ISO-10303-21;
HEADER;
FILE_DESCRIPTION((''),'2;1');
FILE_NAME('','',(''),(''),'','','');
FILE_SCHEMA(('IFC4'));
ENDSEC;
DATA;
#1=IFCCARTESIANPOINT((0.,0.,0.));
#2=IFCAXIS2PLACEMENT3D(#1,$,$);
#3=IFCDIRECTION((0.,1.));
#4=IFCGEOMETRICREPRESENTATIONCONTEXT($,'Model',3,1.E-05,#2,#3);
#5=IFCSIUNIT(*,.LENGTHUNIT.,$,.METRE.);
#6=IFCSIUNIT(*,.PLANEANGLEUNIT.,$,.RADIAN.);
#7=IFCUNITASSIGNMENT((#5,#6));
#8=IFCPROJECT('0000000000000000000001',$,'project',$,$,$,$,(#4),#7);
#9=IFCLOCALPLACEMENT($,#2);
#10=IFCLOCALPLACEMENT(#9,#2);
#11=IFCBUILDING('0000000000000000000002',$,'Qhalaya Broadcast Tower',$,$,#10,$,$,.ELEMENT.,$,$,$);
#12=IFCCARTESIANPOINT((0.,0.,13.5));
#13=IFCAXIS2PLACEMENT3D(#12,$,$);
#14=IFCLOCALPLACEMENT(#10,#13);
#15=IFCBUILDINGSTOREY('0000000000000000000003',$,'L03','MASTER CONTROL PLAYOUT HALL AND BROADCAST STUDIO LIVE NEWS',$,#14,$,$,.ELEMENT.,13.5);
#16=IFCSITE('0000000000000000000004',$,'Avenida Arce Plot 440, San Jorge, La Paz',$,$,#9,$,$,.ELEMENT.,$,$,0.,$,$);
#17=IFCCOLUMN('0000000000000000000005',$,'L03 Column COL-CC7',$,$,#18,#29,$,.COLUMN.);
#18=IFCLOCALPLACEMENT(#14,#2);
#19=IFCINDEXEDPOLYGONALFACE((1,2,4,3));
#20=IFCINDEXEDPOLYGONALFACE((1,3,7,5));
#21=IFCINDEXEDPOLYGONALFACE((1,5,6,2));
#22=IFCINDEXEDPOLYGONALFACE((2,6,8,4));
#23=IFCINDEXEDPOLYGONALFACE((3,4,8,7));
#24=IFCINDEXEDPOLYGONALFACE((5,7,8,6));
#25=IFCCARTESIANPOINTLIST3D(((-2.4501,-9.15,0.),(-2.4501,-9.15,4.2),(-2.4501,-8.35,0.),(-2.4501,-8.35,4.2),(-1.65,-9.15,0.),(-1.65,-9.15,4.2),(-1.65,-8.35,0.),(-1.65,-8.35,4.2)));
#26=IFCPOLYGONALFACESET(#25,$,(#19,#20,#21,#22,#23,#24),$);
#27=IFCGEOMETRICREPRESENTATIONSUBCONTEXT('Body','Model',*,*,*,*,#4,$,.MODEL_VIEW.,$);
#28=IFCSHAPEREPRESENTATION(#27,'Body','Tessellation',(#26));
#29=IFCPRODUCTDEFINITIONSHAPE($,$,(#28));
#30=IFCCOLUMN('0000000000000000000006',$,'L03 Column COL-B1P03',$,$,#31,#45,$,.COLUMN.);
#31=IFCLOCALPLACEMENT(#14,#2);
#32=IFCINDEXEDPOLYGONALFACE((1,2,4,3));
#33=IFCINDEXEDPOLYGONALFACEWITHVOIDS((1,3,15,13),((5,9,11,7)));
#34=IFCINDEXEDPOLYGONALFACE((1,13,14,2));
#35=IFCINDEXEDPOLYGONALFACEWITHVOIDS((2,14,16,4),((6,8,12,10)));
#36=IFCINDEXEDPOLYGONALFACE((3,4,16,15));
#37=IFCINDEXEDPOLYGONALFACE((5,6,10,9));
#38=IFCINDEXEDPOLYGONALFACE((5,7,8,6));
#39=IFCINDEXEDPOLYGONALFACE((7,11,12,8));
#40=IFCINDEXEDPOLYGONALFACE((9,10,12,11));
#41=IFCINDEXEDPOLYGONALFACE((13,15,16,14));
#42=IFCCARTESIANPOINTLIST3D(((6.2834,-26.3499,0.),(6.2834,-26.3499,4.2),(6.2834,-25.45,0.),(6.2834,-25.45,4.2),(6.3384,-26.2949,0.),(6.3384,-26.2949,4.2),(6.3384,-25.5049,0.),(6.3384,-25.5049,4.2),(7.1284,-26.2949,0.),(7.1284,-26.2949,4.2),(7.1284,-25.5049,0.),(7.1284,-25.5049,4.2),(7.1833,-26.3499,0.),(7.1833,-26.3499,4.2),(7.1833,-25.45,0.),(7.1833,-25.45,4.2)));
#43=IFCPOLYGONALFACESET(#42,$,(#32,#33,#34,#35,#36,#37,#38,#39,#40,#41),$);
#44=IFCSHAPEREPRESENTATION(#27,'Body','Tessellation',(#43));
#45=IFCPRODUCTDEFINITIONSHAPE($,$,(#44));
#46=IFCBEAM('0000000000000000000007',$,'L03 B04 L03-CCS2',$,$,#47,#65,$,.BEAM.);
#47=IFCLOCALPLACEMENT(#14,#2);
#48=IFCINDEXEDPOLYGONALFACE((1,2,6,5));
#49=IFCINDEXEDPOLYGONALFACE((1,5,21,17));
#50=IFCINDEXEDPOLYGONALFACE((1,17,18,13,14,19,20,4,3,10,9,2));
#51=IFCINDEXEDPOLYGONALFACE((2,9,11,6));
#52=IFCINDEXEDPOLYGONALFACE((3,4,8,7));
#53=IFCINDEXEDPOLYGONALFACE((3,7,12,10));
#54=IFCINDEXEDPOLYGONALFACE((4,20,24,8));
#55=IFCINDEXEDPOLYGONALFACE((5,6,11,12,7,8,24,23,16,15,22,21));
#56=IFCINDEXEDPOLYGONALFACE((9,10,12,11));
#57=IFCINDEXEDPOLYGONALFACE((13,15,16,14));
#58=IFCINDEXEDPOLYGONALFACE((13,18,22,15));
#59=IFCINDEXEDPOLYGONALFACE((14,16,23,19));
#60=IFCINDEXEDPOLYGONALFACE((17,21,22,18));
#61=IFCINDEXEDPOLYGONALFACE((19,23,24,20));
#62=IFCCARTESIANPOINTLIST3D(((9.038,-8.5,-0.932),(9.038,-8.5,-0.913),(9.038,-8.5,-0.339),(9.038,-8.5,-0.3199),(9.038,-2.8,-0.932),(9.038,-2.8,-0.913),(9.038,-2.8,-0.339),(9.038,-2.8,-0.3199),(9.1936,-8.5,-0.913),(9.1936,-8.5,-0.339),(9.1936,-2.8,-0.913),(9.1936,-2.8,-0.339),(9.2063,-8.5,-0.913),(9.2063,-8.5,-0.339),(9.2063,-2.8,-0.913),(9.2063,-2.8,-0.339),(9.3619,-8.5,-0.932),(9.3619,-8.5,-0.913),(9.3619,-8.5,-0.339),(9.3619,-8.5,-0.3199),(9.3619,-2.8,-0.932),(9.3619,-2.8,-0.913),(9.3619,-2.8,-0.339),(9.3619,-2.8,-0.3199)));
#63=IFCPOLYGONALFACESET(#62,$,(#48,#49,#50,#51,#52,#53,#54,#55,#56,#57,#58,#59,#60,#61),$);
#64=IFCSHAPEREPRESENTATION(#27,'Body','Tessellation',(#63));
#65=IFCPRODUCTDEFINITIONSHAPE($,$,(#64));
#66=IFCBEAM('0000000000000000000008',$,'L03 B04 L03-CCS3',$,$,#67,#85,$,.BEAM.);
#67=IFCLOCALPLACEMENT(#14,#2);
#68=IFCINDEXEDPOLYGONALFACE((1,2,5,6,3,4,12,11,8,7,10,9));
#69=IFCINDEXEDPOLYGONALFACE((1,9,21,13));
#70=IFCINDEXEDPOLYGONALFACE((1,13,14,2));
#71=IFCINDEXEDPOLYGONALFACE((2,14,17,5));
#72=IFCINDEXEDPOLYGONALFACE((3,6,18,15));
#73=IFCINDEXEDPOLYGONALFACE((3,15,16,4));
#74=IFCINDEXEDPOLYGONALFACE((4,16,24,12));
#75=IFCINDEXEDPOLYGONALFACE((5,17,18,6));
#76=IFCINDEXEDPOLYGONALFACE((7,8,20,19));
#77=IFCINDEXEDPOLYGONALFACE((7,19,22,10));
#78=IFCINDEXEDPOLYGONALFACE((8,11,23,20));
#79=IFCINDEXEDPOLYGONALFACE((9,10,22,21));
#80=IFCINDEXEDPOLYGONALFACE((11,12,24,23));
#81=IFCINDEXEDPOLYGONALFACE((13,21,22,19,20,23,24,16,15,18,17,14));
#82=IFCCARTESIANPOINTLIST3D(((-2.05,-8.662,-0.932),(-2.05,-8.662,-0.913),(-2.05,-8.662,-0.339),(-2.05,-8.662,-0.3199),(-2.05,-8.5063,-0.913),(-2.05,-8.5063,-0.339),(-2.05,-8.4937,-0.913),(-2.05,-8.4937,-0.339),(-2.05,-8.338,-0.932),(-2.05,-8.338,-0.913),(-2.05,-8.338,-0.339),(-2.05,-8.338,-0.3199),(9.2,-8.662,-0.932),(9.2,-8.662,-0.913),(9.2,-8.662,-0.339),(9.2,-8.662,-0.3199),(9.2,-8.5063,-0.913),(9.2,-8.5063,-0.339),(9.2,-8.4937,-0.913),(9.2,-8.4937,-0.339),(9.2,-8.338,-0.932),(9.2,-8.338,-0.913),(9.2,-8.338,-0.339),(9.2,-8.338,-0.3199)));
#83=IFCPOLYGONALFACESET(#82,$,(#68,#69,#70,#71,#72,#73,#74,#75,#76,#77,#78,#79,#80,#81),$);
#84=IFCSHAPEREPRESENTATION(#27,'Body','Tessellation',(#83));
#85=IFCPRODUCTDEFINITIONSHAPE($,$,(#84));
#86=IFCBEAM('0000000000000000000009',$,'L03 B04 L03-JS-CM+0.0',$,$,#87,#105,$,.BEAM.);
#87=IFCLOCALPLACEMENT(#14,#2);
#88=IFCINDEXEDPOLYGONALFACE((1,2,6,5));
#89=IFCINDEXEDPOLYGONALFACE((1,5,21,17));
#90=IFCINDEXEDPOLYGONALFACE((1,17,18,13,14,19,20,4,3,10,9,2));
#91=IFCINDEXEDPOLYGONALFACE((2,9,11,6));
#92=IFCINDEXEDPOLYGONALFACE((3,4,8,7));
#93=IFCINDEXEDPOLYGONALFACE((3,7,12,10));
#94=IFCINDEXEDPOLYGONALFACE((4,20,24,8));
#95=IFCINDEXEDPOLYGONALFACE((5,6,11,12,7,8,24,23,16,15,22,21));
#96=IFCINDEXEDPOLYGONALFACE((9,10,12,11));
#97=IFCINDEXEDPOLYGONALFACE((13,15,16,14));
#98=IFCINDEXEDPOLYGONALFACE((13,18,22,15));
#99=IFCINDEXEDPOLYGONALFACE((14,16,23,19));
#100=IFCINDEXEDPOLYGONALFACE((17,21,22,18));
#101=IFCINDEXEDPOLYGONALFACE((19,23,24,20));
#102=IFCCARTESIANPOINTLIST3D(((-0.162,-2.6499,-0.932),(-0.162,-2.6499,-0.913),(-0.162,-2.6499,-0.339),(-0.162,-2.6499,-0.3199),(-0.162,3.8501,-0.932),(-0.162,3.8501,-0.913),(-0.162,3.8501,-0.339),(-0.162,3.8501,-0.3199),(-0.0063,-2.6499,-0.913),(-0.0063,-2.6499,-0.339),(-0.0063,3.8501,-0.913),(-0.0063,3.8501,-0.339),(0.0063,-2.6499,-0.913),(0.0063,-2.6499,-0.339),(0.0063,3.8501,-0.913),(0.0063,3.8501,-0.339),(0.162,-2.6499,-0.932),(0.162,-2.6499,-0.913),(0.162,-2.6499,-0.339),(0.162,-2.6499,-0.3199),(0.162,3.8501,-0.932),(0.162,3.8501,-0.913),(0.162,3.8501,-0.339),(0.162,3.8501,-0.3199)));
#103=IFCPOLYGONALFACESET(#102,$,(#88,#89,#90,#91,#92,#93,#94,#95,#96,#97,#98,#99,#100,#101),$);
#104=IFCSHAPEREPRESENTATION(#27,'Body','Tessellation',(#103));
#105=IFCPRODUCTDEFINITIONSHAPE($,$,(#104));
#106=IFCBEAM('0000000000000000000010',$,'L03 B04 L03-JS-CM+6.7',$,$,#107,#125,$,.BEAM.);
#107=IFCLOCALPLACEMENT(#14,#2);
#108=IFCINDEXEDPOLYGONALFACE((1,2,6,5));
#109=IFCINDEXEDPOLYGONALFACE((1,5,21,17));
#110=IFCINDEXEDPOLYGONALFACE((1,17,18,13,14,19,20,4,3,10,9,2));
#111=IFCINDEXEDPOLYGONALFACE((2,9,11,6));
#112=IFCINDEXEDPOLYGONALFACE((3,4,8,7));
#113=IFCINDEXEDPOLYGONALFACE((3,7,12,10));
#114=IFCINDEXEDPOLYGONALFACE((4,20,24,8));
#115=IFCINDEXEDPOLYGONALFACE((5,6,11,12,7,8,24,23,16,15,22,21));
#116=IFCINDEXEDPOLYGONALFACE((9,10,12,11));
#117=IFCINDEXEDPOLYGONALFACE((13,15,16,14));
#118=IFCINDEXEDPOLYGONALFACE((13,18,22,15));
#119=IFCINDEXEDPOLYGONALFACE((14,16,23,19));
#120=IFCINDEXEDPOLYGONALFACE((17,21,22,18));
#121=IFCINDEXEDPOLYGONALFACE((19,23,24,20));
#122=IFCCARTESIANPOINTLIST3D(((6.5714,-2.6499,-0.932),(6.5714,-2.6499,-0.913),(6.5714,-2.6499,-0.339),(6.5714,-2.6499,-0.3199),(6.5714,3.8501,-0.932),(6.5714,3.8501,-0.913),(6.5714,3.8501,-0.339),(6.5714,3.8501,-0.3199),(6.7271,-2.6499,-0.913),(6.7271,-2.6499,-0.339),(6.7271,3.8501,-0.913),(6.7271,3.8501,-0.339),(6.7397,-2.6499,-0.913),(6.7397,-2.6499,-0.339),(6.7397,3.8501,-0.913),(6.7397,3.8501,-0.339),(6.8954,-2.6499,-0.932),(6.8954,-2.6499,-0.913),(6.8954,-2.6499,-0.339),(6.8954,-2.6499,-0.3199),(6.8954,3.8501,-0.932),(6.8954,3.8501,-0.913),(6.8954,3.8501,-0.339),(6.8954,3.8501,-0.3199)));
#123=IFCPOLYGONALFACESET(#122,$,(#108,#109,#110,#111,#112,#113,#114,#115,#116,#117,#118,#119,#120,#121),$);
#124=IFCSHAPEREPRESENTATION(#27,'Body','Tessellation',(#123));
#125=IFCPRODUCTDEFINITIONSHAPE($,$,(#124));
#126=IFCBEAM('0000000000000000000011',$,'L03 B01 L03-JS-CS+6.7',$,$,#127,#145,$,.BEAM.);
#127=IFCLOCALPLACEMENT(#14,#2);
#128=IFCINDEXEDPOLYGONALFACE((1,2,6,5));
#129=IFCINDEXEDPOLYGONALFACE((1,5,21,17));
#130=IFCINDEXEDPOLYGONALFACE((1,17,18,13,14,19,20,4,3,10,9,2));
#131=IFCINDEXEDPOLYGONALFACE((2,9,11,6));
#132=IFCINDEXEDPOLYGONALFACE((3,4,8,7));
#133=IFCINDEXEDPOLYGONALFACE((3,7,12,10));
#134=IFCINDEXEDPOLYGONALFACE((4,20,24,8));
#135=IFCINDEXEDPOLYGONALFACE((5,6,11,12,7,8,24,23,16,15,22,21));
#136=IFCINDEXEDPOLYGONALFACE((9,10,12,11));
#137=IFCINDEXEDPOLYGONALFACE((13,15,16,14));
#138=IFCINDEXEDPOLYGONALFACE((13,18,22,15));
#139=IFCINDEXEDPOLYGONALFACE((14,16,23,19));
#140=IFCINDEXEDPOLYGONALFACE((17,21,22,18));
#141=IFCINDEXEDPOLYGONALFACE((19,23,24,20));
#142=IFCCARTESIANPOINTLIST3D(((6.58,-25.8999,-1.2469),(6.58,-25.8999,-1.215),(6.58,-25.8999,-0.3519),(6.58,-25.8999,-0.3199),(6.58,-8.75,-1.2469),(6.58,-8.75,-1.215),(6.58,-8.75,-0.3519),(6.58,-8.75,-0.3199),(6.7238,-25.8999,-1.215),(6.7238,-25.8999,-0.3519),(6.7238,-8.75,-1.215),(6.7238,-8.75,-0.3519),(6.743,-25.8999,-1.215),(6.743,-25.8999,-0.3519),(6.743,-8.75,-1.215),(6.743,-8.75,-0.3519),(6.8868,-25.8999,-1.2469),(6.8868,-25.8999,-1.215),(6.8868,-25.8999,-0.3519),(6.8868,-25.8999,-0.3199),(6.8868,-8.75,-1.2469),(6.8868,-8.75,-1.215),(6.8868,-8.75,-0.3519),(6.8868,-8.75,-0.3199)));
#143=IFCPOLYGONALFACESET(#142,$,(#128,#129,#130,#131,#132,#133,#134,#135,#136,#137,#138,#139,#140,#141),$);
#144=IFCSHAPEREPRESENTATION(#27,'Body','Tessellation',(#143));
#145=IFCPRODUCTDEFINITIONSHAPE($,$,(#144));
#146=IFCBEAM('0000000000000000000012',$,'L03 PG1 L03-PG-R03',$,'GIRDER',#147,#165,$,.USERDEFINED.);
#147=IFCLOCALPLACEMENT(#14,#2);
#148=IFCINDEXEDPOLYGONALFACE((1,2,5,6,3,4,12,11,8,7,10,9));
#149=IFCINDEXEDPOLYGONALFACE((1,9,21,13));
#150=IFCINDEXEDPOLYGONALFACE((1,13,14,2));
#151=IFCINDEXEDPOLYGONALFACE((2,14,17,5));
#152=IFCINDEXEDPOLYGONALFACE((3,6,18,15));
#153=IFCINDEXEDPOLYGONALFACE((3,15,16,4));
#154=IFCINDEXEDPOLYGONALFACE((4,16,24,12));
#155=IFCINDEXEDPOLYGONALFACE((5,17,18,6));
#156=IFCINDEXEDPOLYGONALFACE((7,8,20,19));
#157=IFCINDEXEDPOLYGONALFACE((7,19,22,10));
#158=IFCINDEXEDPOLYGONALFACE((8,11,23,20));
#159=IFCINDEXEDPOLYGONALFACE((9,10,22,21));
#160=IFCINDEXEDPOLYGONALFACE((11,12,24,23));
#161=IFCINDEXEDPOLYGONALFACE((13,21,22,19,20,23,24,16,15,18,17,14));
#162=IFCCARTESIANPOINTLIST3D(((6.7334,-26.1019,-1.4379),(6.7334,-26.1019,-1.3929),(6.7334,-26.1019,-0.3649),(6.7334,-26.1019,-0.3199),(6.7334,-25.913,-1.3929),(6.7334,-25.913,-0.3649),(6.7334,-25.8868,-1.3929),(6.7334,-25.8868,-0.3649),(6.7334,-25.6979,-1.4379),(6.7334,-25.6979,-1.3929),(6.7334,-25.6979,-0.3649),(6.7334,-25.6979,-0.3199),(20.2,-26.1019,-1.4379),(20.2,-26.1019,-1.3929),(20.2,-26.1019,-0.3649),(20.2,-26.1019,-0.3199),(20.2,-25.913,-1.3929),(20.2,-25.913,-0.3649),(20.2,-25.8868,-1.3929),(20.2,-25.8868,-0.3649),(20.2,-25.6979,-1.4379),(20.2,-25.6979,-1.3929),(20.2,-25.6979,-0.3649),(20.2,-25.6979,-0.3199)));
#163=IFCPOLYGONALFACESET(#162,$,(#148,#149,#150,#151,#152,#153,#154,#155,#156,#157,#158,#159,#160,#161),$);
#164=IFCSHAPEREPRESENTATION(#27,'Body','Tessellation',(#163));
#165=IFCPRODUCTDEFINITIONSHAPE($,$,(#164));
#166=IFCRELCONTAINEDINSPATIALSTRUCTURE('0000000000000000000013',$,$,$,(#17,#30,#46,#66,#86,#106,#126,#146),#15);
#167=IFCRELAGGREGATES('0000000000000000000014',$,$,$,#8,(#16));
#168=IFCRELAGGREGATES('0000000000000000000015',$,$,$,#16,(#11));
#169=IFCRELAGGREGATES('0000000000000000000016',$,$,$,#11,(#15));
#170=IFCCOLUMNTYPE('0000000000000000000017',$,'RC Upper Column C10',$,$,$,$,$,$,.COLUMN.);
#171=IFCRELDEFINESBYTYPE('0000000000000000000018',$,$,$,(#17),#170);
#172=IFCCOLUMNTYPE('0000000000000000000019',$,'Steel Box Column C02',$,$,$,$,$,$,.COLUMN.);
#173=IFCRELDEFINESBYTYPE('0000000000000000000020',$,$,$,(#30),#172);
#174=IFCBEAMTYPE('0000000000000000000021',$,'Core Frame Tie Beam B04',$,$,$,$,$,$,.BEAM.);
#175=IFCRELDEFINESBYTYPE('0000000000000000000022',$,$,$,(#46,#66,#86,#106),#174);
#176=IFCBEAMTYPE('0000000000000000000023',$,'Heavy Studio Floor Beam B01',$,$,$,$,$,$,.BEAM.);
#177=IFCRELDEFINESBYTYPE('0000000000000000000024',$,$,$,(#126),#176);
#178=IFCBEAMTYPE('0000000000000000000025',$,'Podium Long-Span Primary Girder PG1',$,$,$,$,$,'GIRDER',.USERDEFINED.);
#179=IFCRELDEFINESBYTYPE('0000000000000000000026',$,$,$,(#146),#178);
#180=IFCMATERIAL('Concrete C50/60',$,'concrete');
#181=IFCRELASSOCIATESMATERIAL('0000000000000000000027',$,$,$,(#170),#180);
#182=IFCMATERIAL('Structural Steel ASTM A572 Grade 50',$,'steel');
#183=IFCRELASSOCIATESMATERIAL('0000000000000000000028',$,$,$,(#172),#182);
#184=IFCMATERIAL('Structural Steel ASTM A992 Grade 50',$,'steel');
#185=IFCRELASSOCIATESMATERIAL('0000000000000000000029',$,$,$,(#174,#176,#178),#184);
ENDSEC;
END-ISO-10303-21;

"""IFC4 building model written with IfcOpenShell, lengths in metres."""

from ifc_helpers import new_model, si_unit, direction, frame, origin, origin_2d, place, context, subcontext, project, spatial, rectangle, hollow_rectangle, i_section, extrude, material, material_profile, profile_set, type_object, element, save


model = new_model("IFC4")

# Units and contexts
model_context = context("Model", 3, precision=1e-05, world=origin(), true_north=direction((0.0, 1.0)))
body_context = subcontext(model_context, "Body", "Model", "MODEL_VIEW")
ifc_project = project(units=[si_unit("LENGTHUNIT", "METRE"), si_unit("PLANEANGLEUNIT", "RADIAN")], contexts=[model_context])

# Site, building, storey
site_placement = place(None, origin())
site = spatial("IfcSite", under=ifc_project, at=site_placement, Name="Avenida Arce Plot 440, San Jorge, La Paz", CompositionType="ELEMENT", RefElevation=0.0)
building_placement = place(site_placement, origin())
building = spatial("IfcBuilding", under=site, at=building_placement, Name="Qhalaya Broadcast Tower", CompositionType="ELEMENT")
storey_placement = place(building_placement, frame((0.0, 0.0, 13.5)))
storey = spatial("IfcBuildingStorey", under=building, at=storey_placement, Name="L03", Description="MASTER CONTROL PLAYOUT HALL AND BROADCAST STUDIO LIVE NEWS", CompositionType="ELEMENT", Elevation=13.5)

# Columns
ifc_material_1 = material(Name="Concrete C50/60", Category="concrete")
ifc_material_profile_1 = material_profile(ifc_material_1, rectangle(XDim=0.8, YDim=0.8, at=origin_2d()), Name="RC-COL 800x800")
ifc_profile_set_1 = profile_set([ifc_material_profile_1], Name="Concrete C50/60")
column_type_1 = type_object("IfcColumnType", Name="RC Upper Column C10", PredefinedType="COLUMN", material=ifc_profile_set_1)
column_1_placement = place(storey_placement, frame((-2.05, -8.75, 0.0), z_axis=(0.0, 0.0, 1.0), x_axis=(1.0, 0.0, 0.0)))
element("IfcColumn", 1, at=column_1_placement, inside=storey, type_object=column_type_1, Name="L03 Column COL-CC7", PredefinedType="COLUMN", context=body_context, shape_type="SweptSolid", body=[
    extrude(rectangle(XDim=0.8, YDim=0.8, at=origin_2d()), origin(), (0.0, 0.0, 1.0), 4.2),
])
ifc_material_2 = material(Name="Structural Steel ASTM A572 Grade 50", Category="steel")
ifc_material_profile_2 = material_profile(ifc_material_2, hollow_rectangle(XDim=0.8999, YDim=0.8999, WallThickness=0.0549, at=origin_2d()), Name="BOX 900x900x55")
ifc_profile_set_2 = profile_set([ifc_material_profile_2], Name="Structural Steel ASTM A572 Grade 50")
column_type_2 = type_object("IfcColumnType", Name="Steel Box Column C02", PredefinedType="COLUMN", material=ifc_profile_set_2)
column_2_placement = place(storey_placement, frame((6.7334, -25.8999, 0.0), z_axis=(0.0, 0.0, 1.0), x_axis=(1.0, 0.0, 0.0)))
element("IfcColumn", 2, at=column_2_placement, inside=storey, type_object=column_type_2, Name="L03 Column COL-B1P03", PredefinedType="COLUMN", context=body_context, shape_type="SweptSolid", body=[
    extrude(hollow_rectangle(XDim=0.8999, YDim=0.8999, WallThickness=0.0549, at=origin_2d()), origin(), (0.0, 0.0, 1.0), 4.2),
])

# Beams
ifc_material_3 = material(Name="Structural Steel ASTM A992 Grade 50", Category="steel")
ifc_material_profile_3 = material_profile(ifc_material_3, i_section(OverallWidth=0.324, OverallDepth=0.6121, WebThickness=0.0127, FlangeThickness=0.019, at=origin_2d()), Name="W24X104")
ifc_profile_set_3 = profile_set([ifc_material_profile_3], Name="Structural Steel ASTM A992 Grade 50")
beam_type_1 = type_object("IfcBeamType", Name="Core Frame Tie Beam B04", PredefinedType="BEAM", material=ifc_profile_set_3)
beam_1_placement = place(storey_placement, frame((9.2, -8.5, -0.626), z_axis=(0.0, 1.0, 0.0), x_axis=(-1.0, 0.0, 0.0)))
element("IfcBeam", 3, at=beam_1_placement, inside=storey, type_object=beam_type_1, Name="L03 B04 L03-CCS2", PredefinedType="BEAM", context=body_context, shape_type="SweptSolid", body=[
    extrude(i_section(OverallWidth=0.324, OverallDepth=0.6121, WebThickness=0.0127, FlangeThickness=0.019, at=origin_2d()), origin(), (0.0, 0.0, 1.0), 5.7),
])
beam_2_placement = place(storey_placement, frame((-2.05, -8.5, -0.626), z_axis=(1.0, 0.0, 0.0), x_axis=(0.0, 1.0, 0.0)))
element("IfcBeam", 4, at=beam_2_placement, inside=storey, type_object=beam_type_1, Name="L03 B04 L03-CCS3", PredefinedType="BEAM", context=body_context, shape_type="SweptSolid", body=[
    extrude(i_section(OverallWidth=0.324, OverallDepth=0.6121, WebThickness=0.0127, FlangeThickness=0.019, at=origin_2d()), origin(), (0.0, 0.0, 1.0), 11.25),
])
for number, where, z_axis, x_axis, name in (
    (5, (0.0, -2.6499, -0.626), (0.0, 1.0, 0.0), (-1.0, 0.0, 0.0), "L03 B04 L03-JS-CM+0.0"),
    (6, (6.7334, -2.6499, -0.626), (0.0, 1.0, 0.0), (-1.0, 0.0, 0.0), "L03 B04 L03-JS-CM+6.7"),
):
    element("IfcBeam", number, at=place(storey_placement, frame(where, z_axis=z_axis, x_axis=x_axis)), inside=storey, type_object=beam_type_1, Name=name, PredefinedType="BEAM", context=body_context, shape_type="SweptSolid", body=[
        extrude(i_section(OverallWidth=0.324, OverallDepth=0.6121, WebThickness=0.0127, FlangeThickness=0.019, at=origin_2d()), origin(), (0.0, 0.0, 1.0), 6.5),
    ])
ifc_material_profile_4 = material_profile(ifc_material_3, i_section(OverallWidth=0.3069, OverallDepth=0.927, WebThickness=0.0193, FlangeThickness=0.032, at=origin_2d()), Name="W36X194")
ifc_profile_set_4 = profile_set([ifc_material_profile_4], Name="Structural Steel ASTM A992 Grade 50")
beam_type_2 = type_object("IfcBeamType", Name="Heavy Studio Floor Beam B01", PredefinedType="BEAM", material=ifc_profile_set_4)
beam_3_placement = place(storey_placement, frame((6.7334, -25.8999, -0.7834), z_axis=(0.0, 1.0, 0.0), x_axis=(-1.0, 0.0, 0.0)))
element("IfcBeam", 7, at=beam_3_placement, inside=storey, type_object=beam_type_2, Name="L03 B01 L03-JS-CS+6.7", PredefinedType="BEAM", context=body_context, shape_type="SweptSolid", body=[
    extrude(i_section(OverallWidth=0.3069, OverallDepth=0.927, WebThickness=0.0193, FlangeThickness=0.032, at=origin_2d()), origin(), (0.0, 0.0, 1.0), 17.1499),
])
ifc_material_profile_5 = material_profile(ifc_material_3, i_section(OverallWidth=0.4041, OverallDepth=1.1179, WebThickness=0.0261, FlangeThickness=0.0449, at=origin_2d()), Name="W44X335")
ifc_profile_set_5 = profile_set([ifc_material_profile_5], Name="Structural Steel ASTM A992 Grade 50")
beam_type_3 = type_object("IfcBeamType", Name="Podium Long-Span Primary Girder PG1", ElementType="GIRDER", PredefinedType="USERDEFINED", material=ifc_profile_set_5)
beam_4_placement = place(storey_placement, frame((6.7334, -25.8999, -0.8789), z_axis=(1.0, 0.0, 0.0), x_axis=(0.0, 1.0, 0.0)))
element("IfcBeam", 8, at=beam_4_placement, inside=storey, type_object=beam_type_3, Name="L03 PG1 L03-PG-R03", ObjectType="GIRDER", PredefinedType="USERDEFINED", context=body_context, shape_type="SweptSolid", body=[
    extrude(i_section(OverallWidth=0.4041, OverallDepth=1.1179, WebThickness=0.0261, FlangeThickness=0.0449, at=origin_2d()), origin(), (0.0, 0.0, 1.0), 13.4666),
])

save(model, "model.ifc")
